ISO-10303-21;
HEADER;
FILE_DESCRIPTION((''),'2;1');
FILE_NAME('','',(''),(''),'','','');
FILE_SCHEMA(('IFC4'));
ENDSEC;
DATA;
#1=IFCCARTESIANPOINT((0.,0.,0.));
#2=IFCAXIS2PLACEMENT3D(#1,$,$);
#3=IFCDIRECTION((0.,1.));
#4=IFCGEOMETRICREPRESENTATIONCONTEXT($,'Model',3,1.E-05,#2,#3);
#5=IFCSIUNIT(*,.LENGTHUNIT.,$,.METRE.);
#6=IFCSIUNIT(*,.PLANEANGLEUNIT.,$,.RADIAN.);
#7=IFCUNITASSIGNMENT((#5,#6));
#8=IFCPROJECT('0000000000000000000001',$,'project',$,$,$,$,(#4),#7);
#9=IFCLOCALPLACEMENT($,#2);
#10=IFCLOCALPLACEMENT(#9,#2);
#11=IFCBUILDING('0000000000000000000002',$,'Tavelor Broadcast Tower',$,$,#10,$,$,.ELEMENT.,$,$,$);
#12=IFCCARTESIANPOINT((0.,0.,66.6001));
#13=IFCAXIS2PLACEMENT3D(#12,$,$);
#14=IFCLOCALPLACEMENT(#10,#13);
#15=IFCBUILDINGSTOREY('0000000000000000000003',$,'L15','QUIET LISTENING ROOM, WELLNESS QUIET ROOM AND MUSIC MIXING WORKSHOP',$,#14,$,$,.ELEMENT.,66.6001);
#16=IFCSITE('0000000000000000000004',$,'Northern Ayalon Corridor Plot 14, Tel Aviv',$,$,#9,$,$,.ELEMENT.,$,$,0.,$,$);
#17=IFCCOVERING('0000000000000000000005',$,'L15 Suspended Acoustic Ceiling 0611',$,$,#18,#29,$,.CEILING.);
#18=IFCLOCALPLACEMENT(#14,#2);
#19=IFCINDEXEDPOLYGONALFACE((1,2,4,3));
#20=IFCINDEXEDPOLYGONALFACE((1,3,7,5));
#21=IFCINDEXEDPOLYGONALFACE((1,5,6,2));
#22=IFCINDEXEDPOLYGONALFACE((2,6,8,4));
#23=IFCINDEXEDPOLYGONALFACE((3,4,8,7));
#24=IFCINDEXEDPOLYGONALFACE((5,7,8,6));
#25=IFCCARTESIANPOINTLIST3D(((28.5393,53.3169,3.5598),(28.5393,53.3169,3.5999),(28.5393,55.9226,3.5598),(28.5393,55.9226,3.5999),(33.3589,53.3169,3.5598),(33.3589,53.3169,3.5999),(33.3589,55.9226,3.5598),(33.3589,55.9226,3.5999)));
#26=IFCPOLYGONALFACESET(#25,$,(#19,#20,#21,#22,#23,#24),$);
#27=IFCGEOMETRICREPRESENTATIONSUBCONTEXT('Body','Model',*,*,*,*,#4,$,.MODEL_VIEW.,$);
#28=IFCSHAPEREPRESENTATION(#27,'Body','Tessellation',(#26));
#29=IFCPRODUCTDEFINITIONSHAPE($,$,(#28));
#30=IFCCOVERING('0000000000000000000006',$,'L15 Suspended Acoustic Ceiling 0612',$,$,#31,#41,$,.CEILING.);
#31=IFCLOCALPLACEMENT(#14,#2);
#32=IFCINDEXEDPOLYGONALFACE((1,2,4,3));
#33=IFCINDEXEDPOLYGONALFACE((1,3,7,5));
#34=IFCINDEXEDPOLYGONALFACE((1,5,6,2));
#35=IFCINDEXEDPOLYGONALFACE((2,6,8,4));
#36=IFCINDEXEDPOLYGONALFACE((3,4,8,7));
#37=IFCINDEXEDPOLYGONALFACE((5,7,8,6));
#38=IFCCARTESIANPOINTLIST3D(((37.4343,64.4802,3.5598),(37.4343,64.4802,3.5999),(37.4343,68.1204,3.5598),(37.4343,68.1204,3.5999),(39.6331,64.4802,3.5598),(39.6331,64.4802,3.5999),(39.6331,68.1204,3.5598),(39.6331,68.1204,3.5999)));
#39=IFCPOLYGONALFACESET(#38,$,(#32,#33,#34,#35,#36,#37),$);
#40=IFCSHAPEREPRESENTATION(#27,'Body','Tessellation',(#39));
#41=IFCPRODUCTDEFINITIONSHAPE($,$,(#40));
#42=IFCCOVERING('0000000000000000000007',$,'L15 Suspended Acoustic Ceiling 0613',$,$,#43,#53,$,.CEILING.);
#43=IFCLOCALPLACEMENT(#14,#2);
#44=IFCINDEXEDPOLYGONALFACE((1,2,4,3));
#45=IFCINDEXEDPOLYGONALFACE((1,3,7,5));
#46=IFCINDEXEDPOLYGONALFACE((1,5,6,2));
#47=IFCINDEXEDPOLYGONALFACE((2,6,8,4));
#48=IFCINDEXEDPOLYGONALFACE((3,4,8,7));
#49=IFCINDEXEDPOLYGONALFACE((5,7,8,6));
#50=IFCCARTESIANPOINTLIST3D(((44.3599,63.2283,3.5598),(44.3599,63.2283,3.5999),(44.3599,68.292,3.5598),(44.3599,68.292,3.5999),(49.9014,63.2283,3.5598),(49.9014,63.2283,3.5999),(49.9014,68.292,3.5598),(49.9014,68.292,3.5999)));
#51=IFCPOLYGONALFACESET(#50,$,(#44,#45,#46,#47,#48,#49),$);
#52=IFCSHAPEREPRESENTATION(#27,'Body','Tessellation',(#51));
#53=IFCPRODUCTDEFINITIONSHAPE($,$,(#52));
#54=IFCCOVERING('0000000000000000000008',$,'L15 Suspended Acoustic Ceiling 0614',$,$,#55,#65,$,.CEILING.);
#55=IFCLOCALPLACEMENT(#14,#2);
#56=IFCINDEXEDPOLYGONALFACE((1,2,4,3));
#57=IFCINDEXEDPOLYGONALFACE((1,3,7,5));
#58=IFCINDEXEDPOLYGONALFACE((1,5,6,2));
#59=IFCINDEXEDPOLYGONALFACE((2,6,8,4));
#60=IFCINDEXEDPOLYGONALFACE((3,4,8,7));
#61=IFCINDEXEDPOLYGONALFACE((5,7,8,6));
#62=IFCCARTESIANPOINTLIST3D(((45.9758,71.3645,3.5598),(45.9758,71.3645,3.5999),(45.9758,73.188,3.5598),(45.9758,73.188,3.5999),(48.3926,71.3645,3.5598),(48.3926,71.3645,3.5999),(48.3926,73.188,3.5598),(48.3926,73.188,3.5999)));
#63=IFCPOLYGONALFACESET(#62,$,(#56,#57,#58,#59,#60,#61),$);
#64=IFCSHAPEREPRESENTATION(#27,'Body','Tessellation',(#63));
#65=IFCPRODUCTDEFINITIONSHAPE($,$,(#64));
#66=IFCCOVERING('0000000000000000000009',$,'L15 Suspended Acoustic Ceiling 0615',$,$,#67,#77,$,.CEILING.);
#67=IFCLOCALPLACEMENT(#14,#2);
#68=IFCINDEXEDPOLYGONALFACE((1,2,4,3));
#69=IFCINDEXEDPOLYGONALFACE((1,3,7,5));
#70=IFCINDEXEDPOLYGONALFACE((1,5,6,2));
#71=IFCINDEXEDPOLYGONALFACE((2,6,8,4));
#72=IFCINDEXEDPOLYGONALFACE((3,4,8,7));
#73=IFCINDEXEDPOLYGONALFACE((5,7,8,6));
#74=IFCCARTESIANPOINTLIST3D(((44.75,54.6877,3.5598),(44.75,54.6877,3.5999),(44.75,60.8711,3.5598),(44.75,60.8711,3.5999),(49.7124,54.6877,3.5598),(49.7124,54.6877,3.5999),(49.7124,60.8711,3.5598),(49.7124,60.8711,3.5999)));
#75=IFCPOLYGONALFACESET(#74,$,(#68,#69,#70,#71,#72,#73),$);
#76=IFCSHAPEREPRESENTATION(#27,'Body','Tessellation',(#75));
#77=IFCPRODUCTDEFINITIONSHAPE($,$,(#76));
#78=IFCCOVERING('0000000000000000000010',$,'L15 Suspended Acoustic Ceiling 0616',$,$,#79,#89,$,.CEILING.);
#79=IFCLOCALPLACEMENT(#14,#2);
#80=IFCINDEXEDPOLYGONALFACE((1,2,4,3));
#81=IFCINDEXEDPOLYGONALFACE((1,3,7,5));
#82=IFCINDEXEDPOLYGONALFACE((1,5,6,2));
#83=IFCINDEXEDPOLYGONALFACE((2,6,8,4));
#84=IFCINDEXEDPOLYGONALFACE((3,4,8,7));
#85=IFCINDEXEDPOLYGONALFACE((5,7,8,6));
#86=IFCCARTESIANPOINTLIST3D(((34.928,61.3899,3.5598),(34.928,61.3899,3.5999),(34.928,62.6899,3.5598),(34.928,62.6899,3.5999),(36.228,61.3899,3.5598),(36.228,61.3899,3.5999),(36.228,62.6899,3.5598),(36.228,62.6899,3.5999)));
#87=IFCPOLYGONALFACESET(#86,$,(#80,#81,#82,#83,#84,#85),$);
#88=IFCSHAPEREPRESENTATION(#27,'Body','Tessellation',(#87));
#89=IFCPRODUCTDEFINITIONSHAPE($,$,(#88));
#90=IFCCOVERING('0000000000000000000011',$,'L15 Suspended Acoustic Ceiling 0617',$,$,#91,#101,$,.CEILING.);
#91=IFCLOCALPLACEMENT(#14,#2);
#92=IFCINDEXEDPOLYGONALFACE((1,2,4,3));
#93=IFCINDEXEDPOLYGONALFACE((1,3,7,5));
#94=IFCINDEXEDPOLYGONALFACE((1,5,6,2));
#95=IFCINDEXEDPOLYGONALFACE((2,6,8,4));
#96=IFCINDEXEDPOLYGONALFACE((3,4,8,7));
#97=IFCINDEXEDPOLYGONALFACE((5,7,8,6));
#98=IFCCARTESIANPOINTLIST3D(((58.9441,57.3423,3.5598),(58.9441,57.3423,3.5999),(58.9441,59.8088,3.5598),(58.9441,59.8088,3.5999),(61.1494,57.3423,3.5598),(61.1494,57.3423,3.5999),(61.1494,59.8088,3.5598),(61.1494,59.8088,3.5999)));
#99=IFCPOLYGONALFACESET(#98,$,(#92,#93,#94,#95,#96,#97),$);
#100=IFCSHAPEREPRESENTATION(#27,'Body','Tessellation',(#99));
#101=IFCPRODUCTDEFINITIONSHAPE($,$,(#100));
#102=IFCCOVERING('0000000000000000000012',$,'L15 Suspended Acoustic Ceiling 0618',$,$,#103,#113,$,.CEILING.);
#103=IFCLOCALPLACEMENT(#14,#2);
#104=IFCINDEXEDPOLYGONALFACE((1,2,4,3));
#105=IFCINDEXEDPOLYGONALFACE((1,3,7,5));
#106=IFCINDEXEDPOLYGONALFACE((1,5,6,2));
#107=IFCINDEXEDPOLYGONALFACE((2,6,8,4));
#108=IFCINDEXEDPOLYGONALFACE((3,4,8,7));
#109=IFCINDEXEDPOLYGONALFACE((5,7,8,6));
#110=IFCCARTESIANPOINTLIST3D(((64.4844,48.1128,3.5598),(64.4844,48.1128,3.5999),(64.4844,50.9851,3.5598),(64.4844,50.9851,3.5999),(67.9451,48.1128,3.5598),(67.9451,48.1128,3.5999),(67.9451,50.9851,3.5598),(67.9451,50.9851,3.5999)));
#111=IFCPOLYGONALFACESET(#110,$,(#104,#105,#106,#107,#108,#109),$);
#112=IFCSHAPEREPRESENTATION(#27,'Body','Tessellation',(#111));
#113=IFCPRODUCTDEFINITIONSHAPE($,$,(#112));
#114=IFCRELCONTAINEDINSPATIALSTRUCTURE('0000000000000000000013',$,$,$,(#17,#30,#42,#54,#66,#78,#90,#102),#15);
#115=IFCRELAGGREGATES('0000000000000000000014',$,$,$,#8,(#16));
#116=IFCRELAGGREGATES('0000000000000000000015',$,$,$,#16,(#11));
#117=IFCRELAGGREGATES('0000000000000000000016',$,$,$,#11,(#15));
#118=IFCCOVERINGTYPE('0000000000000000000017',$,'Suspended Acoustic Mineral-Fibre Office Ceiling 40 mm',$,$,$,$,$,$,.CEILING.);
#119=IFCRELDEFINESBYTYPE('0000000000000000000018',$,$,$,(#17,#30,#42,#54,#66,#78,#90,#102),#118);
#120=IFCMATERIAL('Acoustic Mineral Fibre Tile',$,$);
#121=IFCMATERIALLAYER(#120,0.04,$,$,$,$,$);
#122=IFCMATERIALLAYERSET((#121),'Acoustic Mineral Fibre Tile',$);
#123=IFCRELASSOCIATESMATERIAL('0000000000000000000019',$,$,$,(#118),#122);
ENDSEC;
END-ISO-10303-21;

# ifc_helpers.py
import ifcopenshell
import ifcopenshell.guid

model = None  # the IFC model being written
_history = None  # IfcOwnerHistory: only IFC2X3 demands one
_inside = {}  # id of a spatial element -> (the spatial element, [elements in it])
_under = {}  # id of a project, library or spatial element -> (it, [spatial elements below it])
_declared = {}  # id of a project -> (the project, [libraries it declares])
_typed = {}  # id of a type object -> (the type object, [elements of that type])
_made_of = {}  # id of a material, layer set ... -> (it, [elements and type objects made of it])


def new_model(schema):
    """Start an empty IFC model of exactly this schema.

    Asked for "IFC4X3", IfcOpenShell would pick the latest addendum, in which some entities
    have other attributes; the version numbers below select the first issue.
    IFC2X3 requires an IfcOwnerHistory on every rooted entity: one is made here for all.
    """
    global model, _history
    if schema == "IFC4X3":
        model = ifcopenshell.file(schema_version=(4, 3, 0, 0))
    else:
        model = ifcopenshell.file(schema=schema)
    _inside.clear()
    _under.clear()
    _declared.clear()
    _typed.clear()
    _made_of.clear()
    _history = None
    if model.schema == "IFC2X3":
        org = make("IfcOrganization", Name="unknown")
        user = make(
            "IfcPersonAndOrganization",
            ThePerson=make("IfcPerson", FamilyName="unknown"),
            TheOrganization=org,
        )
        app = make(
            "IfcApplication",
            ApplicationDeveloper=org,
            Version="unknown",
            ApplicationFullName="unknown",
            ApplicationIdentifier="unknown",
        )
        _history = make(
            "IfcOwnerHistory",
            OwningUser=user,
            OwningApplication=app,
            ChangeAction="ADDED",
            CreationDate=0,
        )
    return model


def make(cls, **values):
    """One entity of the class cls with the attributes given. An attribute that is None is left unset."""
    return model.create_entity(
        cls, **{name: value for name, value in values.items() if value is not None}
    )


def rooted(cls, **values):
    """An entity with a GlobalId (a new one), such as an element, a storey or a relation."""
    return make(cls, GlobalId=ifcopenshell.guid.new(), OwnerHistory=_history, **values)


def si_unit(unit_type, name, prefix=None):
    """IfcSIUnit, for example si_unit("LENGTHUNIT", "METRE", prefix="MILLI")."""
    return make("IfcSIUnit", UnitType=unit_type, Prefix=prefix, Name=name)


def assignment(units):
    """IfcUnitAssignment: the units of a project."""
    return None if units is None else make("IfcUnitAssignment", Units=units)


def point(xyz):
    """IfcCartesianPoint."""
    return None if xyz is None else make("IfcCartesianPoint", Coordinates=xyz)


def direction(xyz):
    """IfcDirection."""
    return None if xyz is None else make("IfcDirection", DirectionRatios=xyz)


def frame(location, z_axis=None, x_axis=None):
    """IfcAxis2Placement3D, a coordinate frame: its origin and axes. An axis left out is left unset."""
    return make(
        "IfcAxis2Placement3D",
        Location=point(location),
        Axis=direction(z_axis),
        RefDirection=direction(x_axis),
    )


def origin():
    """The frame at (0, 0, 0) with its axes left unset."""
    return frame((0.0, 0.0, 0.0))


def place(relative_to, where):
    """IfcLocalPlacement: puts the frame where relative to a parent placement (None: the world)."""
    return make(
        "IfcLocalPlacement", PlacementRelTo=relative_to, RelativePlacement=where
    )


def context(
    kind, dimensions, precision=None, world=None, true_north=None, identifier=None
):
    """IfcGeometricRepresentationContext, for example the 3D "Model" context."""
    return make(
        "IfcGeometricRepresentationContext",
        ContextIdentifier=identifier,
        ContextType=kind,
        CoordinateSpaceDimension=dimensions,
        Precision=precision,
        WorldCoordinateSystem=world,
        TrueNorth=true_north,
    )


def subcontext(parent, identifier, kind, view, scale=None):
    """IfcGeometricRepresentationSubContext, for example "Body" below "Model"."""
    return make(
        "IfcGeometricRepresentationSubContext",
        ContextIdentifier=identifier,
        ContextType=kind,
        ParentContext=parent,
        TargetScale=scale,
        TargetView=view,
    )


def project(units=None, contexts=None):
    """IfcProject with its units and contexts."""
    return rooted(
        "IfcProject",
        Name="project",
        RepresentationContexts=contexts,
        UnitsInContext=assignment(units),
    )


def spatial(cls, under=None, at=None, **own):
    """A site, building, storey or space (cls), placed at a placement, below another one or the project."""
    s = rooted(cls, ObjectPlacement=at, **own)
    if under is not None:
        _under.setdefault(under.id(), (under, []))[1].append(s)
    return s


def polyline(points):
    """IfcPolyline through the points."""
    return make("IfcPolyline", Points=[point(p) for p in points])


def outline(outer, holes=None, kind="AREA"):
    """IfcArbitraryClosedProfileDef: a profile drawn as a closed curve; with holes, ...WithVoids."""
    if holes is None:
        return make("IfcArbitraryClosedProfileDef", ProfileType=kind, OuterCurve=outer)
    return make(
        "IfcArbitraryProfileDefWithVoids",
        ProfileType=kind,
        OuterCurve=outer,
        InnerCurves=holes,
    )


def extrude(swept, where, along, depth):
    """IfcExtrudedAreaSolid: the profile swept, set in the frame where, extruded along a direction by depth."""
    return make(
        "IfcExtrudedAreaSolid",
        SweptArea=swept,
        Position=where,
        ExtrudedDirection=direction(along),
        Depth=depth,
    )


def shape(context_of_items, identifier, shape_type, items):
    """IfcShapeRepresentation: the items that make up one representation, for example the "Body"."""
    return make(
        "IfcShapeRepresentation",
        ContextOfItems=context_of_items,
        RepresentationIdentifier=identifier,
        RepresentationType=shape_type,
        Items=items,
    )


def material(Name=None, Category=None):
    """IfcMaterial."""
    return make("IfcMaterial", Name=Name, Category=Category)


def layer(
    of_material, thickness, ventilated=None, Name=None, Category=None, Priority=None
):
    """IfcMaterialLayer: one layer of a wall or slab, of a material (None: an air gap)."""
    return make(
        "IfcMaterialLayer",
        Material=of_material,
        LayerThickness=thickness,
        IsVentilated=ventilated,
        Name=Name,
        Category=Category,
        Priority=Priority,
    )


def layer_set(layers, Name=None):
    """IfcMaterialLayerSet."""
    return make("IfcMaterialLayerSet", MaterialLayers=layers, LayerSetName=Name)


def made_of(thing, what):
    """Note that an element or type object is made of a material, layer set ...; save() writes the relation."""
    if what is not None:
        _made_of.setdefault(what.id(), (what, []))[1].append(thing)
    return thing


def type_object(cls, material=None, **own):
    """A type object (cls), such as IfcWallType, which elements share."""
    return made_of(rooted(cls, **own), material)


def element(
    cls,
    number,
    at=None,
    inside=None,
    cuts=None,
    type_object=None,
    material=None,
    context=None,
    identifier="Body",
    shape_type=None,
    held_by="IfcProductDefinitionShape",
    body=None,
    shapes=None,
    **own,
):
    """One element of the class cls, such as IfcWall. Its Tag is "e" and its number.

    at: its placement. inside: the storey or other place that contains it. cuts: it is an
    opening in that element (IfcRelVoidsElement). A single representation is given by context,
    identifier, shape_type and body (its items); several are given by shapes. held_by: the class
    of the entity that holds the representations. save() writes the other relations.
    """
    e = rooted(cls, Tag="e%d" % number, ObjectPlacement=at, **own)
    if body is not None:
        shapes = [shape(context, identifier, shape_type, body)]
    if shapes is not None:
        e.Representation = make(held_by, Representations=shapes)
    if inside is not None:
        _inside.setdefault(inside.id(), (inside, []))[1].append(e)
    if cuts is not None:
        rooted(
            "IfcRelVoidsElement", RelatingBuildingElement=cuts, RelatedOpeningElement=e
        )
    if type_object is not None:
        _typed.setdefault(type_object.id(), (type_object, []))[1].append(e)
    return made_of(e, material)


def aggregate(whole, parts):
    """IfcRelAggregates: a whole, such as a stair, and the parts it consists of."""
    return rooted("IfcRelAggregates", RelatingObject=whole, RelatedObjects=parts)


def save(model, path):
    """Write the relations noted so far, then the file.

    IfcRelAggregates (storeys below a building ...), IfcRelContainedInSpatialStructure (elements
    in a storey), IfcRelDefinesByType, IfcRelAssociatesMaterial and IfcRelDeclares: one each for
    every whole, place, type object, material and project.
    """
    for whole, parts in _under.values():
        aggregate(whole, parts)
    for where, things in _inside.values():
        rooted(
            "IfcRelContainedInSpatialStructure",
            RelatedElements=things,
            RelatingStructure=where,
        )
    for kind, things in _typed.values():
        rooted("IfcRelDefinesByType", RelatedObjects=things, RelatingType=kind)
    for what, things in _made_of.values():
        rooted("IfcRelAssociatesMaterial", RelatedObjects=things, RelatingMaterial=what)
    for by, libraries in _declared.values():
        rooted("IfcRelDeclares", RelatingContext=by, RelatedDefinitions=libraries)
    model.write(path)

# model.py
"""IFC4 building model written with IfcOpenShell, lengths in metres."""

from ifc_helpers import new_model, si_unit, direction, frame, origin, place, context, subcontext, project, spatial, polyline, outline, extrude, material, layer, layer_set, type_object, element, save


model = new_model("IFC4")

# Units and contexts
model_context = context("Model", 3, precision=1e-05, world=origin(), true_north=direction((0.0, 1.0)))
body_context = subcontext(model_context, "Body", "Model", "MODEL_VIEW")
ifc_project = project(units=[si_unit("LENGTHUNIT", "METRE"), si_unit("PLANEANGLEUNIT", "RADIAN")], contexts=[model_context])

# Site, building, storey
site_placement = place(None, origin())
site = spatial("IfcSite", under=ifc_project, at=site_placement, Name="Northern Ayalon Corridor Plot 14, Tel Aviv", CompositionType="ELEMENT", RefElevation=0.0)
building_placement = place(site_placement, origin())
building = spatial("IfcBuilding", under=site, at=building_placement, Name="Tavelor Broadcast Tower", CompositionType="ELEMENT")
storey_placement = place(building_placement, frame((0.0, 0.0, 66.6001)))
storey = spatial("IfcBuildingStorey", under=building, at=storey_placement, Name="L15", Description="QUIET LISTENING ROOM, WELLNESS QUIET ROOM AND MUSIC MIXING WORKSHOP", CompositionType="ELEMENT", Elevation=66.6001)

# Coverings
ifc_material_1 = material(Name="Acoustic Mineral Fibre Tile")
ifc_layer_1 = layer(ifc_material_1, 0.04)
ifc_layer_set_1 = layer_set([ifc_layer_1], Name="Acoustic Mineral Fibre Tile")
covering_type_1 = type_object("IfcCoveringType", Name="Suspended Acoustic Mineral-Fibre Office Ceiling 40 mm", PredefinedType="CEILING", material=ifc_layer_set_1)
covering_1_placement = place(storey_placement, frame((0.0, 0.0, 3.5598)))
element("IfcCovering", 1, at=covering_1_placement, inside=storey, type_object=covering_type_1, Name="L15 Suspended Acoustic Ceiling 0611", PredefinedType="CEILING", context=body_context, shape_type="SweptSolid", body=[
    extrude(outline(polyline([(28.5393, 53.3169), (33.3589, 53.3169), (33.3589, 55.9226), (28.5393, 55.9226), (28.5393, 53.3169)])), origin(), (0.0, 0.0, 1.0), 0.04),
])
covering_2_placement = place(storey_placement, frame((0.0, 0.0, 3.5598)))
element("IfcCovering", 2, at=covering_2_placement, inside=storey, type_object=covering_type_1, Name="L15 Suspended Acoustic Ceiling 0612", PredefinedType="CEILING", context=body_context, shape_type="SweptSolid", body=[
    extrude(outline(polyline([(37.4343, 64.4802), (39.6331, 64.4802), (39.6331, 68.1204), (37.4343, 68.1204), (37.4343, 64.4802)])), origin(), (0.0, 0.0, 1.0), 0.04),
])
covering_3_placement = place(storey_placement, frame((0.0, 0.0, 3.5598)))
element("IfcCovering", 3, at=covering_3_placement, inside=storey, type_object=covering_type_1, Name="L15 Suspended Acoustic Ceiling 0613", PredefinedType="CEILING", context=body_context, shape_type="SweptSolid", body=[
    extrude(outline(polyline([(44.3599, 63.2283), (49.9014, 63.2283), (49.9014, 68.292), (44.3599, 68.292), (44.3599, 63.2283)])), origin(), (0.0, 0.0, 1.0), 0.04),
])
covering_4_placement = place(storey_placement, frame((0.0, 0.0, 3.5598)))
element("IfcCovering", 4, at=covering_4_placement, inside=storey, type_object=covering_type_1, Name="L15 Suspended Acoustic Ceiling 0614", PredefinedType="CEILING", context=body_context, shape_type="SweptSolid", body=[
    extrude(outline(polyline([(45.9758, 71.3645), (48.3926, 71.3645), (48.3926, 73.188), (45.9758, 73.188), (45.9758, 71.3645)])), origin(), (0.0, 0.0, 1.0), 0.04),
])
covering_5_placement = place(storey_placement, frame((0.0, 0.0, 3.5598)))
element("IfcCovering", 5, at=covering_5_placement, inside=storey, type_object=covering_type_1, Name="L15 Suspended Acoustic Ceiling 0615", PredefinedType="CEILING", context=body_context, shape_type="SweptSolid", body=[
    extrude(outline(polyline([(44.75, 54.6877), (49.7124, 54.6877), (49.7124, 60.8711), (44.75, 60.8711), (44.75, 54.6877)])), origin(), (0.0, 0.0, 1.0), 0.04),
])
covering_6_placement = place(storey_placement, frame((0.0, 0.0, 3.5598)))
element("IfcCovering", 6, at=covering_6_placement, inside=storey, type_object=covering_type_1, Name="L15 Suspended Acoustic Ceiling 0616", PredefinedType="CEILING", context=body_context, shape_type="SweptSolid", body=[
    extrude(outline(polyline([(34.928, 61.3899), (36.228, 61.3899), (36.228, 62.6899), (34.928, 62.6899), (34.928, 61.3899)])), origin(), (0.0, 0.0, 1.0), 0.04),
])
covering_7_placement = place(storey_placement, frame((0.0, 0.0, 3.5598)))
element("IfcCovering", 7, at=covering_7_placement, inside=storey, type_object=covering_type_1, Name="L15 Suspended Acoustic Ceiling 0617", PredefinedType="CEILING", context=body_context, shape_type="SweptSolid", body=[
    extrude(outline(polyline([(58.9441, 57.3423), (61.1494, 57.3423), (61.1494, 59.8088), (58.9441, 59.8088), (58.9441, 57.3423)])), origin(), (0.0, 0.0, 1.0), 0.04),
])
covering_8_placement = place(storey_placement, frame((0.0, 0.0, 3.5598)))
element("IfcCovering", 8, at=covering_8_placement, inside=storey, type_object=covering_type_1, Name="L15 Suspended Acoustic Ceiling 0618", PredefinedType="CEILING", context=body_context, shape_type="SweptSolid", body=[
    extrude(outline(polyline([(64.4844, 48.1128), (67.9451, 48.1128), (67.9451, 50.9851), (64.4844, 50.9851), (64.4844, 48.1128)])), origin(), (0.0, 0.0, 1.0), 0.04),
])

save(model, "model.ifc")
